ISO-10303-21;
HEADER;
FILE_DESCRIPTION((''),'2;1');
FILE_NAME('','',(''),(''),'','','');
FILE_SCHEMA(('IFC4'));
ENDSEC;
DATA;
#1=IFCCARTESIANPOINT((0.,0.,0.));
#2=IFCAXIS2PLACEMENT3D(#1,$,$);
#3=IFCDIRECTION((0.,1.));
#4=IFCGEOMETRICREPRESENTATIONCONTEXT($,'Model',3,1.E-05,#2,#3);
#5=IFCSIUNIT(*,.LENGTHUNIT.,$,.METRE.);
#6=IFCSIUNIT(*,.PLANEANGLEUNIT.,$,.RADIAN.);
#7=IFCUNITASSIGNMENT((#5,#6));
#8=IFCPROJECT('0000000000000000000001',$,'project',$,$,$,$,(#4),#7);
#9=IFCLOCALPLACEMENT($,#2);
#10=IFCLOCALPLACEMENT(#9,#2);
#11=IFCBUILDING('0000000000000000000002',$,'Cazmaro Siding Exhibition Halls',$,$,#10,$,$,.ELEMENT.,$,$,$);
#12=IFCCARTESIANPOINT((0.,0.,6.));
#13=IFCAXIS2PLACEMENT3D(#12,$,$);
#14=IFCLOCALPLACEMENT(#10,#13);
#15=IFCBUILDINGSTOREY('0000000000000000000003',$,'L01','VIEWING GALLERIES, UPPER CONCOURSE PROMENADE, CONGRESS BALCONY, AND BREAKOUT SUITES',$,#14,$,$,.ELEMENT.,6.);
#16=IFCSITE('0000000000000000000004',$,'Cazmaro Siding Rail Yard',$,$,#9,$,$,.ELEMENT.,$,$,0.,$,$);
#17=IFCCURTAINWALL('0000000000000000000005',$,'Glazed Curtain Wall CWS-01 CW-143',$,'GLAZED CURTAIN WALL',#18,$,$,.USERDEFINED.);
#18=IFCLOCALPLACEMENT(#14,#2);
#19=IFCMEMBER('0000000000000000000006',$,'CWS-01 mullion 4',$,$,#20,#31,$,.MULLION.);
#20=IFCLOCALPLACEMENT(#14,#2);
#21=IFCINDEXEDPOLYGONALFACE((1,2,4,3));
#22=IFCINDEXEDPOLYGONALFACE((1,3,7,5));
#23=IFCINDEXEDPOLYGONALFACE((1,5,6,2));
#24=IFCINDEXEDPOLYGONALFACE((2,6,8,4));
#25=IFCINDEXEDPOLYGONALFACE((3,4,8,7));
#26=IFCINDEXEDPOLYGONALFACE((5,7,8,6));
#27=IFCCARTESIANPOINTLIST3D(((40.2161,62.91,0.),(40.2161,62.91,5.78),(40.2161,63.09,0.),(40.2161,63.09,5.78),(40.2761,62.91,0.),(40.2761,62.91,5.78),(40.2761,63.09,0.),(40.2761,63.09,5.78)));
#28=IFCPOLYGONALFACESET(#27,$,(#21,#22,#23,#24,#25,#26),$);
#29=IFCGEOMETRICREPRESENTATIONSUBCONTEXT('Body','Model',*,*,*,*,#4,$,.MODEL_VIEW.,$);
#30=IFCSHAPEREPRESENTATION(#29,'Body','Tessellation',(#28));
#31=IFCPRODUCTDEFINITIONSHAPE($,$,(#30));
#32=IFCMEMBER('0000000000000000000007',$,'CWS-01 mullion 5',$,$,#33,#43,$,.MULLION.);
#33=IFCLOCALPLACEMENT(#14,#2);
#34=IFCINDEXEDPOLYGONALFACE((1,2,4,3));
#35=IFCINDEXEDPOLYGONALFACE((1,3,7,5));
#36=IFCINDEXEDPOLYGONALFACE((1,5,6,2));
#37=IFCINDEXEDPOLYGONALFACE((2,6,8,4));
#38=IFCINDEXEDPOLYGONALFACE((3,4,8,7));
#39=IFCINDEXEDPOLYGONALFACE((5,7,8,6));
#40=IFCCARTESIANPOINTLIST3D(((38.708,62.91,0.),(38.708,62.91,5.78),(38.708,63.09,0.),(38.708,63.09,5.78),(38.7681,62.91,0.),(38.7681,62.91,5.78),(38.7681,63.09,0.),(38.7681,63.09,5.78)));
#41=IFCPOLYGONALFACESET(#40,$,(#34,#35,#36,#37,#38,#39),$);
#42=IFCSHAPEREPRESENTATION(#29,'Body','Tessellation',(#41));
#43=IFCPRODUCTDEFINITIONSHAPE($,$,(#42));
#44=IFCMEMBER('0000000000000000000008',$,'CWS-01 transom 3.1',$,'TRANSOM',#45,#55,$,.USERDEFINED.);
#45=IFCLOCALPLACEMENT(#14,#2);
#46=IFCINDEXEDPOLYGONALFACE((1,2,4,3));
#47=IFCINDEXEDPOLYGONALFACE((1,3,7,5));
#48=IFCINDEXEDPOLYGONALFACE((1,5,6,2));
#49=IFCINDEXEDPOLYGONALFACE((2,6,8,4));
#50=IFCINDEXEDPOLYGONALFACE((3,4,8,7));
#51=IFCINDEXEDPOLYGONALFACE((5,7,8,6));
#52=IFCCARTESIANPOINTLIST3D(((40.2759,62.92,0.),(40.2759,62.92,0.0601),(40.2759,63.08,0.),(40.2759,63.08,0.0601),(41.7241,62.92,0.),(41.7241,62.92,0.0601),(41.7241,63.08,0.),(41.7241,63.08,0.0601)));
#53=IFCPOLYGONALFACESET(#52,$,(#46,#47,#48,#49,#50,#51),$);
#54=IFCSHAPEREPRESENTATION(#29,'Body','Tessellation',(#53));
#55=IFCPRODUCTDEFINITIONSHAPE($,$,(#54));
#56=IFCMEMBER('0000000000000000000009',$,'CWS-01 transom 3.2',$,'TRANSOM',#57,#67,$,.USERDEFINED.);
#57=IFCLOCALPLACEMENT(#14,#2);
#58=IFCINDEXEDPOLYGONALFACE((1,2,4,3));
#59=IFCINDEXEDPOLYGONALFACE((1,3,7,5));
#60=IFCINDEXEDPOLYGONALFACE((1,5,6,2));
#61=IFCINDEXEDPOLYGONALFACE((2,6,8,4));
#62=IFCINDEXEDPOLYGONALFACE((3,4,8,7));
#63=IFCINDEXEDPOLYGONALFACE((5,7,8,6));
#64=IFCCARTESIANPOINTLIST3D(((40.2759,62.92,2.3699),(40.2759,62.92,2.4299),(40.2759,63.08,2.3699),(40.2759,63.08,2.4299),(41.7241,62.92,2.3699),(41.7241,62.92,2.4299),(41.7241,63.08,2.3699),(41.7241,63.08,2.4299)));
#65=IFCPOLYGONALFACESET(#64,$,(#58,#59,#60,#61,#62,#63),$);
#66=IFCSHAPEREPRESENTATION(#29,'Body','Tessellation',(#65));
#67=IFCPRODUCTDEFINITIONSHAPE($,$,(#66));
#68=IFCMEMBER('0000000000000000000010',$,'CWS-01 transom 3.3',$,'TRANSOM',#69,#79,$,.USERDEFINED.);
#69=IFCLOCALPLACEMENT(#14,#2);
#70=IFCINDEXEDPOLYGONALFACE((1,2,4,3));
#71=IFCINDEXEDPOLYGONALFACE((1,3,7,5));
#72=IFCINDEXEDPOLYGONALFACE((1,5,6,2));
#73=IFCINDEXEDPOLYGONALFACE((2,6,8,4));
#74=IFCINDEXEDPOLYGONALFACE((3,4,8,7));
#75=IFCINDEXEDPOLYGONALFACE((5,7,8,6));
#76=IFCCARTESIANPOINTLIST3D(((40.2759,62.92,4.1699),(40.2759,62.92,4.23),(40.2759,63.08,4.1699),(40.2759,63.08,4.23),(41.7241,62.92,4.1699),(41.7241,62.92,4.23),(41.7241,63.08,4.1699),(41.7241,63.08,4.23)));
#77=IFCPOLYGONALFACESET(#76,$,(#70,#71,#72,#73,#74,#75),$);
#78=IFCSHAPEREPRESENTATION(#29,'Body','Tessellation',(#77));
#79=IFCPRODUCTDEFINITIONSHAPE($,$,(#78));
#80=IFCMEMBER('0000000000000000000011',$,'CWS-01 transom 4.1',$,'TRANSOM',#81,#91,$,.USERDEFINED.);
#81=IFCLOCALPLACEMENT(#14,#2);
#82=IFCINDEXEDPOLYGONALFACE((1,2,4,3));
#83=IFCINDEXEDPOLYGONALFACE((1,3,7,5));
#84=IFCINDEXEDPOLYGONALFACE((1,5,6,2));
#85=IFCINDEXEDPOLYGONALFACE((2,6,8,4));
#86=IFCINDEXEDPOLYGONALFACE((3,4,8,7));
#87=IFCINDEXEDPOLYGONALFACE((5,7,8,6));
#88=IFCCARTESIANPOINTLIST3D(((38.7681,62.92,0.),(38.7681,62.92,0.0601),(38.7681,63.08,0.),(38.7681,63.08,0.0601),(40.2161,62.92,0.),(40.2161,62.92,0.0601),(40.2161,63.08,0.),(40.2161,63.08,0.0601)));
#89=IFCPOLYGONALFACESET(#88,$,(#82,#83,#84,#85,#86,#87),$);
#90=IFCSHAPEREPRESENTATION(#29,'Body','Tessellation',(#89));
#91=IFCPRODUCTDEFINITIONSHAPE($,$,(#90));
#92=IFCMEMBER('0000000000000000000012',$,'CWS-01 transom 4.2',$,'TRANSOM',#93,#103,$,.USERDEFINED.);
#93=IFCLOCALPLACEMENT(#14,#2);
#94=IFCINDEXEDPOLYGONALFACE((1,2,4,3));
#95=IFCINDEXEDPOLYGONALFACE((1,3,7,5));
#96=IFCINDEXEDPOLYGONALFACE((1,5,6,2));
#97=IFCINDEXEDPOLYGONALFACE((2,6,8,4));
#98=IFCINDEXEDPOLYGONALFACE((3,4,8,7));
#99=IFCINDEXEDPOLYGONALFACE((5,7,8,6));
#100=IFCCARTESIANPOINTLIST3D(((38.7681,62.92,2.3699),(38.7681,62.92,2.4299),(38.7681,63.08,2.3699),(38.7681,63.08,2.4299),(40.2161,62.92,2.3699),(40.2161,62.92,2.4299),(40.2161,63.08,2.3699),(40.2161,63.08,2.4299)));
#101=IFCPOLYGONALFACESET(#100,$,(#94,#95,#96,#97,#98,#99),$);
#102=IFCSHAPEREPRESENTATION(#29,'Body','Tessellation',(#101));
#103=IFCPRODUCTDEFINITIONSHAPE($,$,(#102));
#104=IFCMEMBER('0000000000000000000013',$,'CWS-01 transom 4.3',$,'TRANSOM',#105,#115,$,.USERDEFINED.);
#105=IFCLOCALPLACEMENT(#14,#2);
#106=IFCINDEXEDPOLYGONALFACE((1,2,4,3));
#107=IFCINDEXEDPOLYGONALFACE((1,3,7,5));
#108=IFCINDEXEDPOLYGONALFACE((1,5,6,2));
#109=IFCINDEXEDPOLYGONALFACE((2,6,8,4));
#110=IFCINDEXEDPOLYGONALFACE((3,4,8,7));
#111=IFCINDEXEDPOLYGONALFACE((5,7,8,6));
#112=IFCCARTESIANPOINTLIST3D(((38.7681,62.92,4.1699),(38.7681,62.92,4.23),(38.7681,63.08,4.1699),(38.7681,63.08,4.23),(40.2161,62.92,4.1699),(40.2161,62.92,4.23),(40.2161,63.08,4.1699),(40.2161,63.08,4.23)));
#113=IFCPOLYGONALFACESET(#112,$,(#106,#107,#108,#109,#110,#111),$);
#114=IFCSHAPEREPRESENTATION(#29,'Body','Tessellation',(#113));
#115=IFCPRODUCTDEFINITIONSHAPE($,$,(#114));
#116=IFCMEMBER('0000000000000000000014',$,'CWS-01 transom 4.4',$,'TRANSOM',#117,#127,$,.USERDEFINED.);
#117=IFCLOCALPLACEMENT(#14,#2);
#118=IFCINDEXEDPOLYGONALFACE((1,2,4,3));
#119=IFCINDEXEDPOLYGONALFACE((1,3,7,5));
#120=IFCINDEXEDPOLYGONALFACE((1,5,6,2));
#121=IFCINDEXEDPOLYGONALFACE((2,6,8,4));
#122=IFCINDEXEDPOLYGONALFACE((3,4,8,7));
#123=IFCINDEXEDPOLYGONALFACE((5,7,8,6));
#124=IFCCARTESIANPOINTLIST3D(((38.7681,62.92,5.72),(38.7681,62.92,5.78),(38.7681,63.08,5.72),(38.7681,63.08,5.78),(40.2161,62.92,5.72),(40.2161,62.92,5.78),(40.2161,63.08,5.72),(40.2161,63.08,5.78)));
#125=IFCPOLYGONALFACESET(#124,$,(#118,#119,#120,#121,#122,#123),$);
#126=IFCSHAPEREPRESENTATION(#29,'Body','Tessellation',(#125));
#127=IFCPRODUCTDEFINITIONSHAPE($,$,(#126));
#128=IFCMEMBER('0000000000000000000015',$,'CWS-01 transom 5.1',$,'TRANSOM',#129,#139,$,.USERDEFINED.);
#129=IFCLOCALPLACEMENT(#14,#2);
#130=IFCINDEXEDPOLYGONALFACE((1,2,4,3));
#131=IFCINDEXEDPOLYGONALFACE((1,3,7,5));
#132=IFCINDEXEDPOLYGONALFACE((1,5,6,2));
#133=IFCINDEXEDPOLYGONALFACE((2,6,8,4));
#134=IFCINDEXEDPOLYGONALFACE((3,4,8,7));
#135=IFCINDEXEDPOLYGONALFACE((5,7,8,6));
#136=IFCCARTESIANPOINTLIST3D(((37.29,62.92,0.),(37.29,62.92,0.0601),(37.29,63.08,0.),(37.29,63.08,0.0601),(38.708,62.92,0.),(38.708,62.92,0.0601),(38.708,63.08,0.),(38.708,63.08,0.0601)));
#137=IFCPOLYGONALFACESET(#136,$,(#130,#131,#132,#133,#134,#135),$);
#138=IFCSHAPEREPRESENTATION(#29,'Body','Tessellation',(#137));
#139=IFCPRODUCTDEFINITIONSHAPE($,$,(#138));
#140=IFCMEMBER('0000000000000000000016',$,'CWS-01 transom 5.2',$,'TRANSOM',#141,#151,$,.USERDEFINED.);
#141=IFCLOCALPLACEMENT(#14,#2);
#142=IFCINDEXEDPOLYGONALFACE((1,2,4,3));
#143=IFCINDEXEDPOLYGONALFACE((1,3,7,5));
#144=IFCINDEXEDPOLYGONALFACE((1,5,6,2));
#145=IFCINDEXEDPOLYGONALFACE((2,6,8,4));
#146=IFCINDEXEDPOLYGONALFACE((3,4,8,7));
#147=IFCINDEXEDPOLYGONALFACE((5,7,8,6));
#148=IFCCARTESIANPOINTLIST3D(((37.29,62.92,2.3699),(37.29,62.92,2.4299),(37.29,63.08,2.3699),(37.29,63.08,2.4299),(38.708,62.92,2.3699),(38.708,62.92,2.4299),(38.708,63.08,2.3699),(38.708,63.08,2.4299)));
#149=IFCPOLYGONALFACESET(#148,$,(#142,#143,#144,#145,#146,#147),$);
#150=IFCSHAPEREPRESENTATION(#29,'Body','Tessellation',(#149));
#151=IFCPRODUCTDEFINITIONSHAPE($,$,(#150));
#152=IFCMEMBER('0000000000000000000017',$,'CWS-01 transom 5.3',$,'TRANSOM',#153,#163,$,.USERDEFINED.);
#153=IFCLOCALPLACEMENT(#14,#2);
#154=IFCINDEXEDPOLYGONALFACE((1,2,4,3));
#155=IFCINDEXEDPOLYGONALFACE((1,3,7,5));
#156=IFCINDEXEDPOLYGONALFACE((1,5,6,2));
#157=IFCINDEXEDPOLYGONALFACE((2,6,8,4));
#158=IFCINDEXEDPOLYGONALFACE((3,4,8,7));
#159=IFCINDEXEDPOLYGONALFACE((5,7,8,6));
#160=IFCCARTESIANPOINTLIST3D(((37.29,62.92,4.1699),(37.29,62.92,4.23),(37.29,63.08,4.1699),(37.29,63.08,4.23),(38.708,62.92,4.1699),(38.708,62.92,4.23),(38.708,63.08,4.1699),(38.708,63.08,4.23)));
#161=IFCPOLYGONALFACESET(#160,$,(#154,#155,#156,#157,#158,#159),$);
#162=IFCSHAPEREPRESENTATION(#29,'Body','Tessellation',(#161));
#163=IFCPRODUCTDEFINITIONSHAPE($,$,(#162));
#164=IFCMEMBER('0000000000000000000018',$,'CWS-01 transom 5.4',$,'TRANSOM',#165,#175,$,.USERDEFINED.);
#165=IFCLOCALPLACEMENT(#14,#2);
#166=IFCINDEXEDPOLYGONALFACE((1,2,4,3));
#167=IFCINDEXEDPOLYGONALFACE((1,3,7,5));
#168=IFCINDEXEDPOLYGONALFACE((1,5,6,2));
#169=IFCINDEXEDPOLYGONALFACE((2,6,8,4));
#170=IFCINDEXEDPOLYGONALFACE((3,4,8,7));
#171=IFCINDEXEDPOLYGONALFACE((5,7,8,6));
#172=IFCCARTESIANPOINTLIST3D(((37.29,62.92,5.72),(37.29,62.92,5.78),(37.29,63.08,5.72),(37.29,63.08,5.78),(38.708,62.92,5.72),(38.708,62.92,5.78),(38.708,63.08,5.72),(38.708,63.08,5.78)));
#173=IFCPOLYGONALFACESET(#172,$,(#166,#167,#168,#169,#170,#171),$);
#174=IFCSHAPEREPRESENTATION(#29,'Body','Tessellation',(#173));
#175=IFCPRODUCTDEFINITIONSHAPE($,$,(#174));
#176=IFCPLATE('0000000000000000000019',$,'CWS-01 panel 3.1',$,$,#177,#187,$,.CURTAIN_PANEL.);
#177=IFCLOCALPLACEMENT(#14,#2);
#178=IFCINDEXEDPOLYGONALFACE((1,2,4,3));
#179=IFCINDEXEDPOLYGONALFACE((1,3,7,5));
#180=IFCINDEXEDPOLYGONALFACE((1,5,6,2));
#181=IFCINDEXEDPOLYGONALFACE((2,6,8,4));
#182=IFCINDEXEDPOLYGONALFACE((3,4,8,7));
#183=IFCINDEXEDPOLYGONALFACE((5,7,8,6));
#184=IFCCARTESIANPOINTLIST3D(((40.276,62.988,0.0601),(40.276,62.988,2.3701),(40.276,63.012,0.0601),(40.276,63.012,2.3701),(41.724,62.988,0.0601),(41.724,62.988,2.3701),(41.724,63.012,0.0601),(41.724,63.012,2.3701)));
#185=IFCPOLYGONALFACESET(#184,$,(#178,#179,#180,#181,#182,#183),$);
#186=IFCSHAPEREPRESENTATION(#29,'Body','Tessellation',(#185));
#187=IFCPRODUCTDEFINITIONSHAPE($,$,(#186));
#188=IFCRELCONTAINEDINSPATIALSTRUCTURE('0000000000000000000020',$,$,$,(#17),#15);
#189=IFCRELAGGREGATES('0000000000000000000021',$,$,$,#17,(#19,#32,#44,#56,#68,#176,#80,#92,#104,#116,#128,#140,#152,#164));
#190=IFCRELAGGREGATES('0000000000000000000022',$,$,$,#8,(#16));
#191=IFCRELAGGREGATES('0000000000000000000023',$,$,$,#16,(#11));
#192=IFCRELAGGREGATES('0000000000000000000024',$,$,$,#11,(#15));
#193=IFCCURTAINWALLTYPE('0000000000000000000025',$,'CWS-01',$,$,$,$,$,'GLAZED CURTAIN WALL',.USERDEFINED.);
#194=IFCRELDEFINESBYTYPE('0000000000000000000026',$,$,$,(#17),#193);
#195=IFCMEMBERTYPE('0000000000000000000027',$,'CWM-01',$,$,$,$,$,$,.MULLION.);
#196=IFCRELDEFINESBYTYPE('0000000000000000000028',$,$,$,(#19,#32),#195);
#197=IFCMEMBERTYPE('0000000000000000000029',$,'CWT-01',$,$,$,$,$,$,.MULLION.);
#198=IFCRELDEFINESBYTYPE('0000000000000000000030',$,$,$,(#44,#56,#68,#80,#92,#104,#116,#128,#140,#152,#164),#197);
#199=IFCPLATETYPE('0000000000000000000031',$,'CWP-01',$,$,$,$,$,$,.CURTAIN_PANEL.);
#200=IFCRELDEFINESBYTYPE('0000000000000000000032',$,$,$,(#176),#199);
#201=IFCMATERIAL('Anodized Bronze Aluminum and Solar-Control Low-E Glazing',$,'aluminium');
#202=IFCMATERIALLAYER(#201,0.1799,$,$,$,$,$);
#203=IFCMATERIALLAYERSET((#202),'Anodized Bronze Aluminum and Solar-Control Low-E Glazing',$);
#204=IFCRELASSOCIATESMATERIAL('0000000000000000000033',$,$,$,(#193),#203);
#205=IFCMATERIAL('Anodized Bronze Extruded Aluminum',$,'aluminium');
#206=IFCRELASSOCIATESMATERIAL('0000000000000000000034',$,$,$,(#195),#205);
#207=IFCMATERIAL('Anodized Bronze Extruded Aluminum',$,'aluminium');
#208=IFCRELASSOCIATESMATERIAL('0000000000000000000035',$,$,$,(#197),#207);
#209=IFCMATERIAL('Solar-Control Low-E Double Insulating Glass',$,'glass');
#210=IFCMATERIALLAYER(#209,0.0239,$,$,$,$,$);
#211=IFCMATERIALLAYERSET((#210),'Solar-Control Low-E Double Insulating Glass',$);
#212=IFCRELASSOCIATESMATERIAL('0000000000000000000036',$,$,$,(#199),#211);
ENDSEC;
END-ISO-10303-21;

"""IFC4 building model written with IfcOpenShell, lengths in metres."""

from ifc_helpers import new_model, si_unit, direction, frame, origin, origin_2d, place, context, subcontext, project, spatial, rectangle, extrude, material, layer, layer_set, material_profile, profile_set, type_object, element, aggregate, save


model = new_model("IFC4")

# Units and contexts
model_context = context("Model", 3, precision=1e-05, world=origin(), true_north=direction((0.0, 1.0)))
body_context = subcontext(model_context, "Body", "Model", "MODEL_VIEW")
ifc_project = project(units=[si_unit("LENGTHUNIT", "METRE"), si_unit("PLANEANGLEUNIT", "RADIAN")], contexts=[model_context])

# Site, building, storey
site_placement = place(None, origin())
site = spatial("IfcSite", under=ifc_project, at=site_placement, Name="Cazmaro Siding Rail Yard", CompositionType="ELEMENT", RefElevation=0.0)
building_placement = place(site_placement, origin())
building = spatial("IfcBuilding", under=site, at=building_placement, Name="Cazmaro Siding Exhibition Halls", CompositionType="ELEMENT")
storey_placement = place(building_placement, frame((0.0, 0.0, 6.0)))
storey = spatial("IfcBuildingStorey", under=building, at=storey_placement, Name="L01", Description="VIEWING GALLERIES, UPPER CONCOURSE PROMENADE, CONGRESS BALCONY, AND BREAKOUT SUITES", CompositionType="ELEMENT", Elevation=6.0)

# Curtain wall, members, plate
ifc_material_1 = material(Name="Anodized Bronze Aluminum and Solar-Control Low-E Glazing", Category="aluminium")
ifc_layer_1 = layer(ifc_material_1, 0.1799)
ifc_layer_set_1 = layer_set([ifc_layer_1], Name="Anodized Bronze Aluminum and Solar-Control Low-E Glazing")
curtain_wall_type = type_object("IfcCurtainWallType", Name="CWS-01", ElementType="GLAZED CURTAIN WALL", PredefinedType="USERDEFINED", material=ifc_layer_set_1)
curtain_wall_placement = place(storey_placement, origin())
curtain_wall = element("IfcCurtainWall", 1, at=curtain_wall_placement, inside=storey, type_object=curtain_wall_type, Name="Glazed Curtain Wall CWS-01 CW-143", ObjectType="GLAZED CURTAIN WALL", PredefinedType="USERDEFINED")
ifc_material_2 = material(Name="Anodized Bronze Extruded Aluminum", Category="aluminium")
ifc_material_profile_1 = material_profile(ifc_material_2, rectangle(XDim=0.1799, YDim=0.0601, at=origin_2d()), Name="CWM-01")
ifc_profile_set_1 = profile_set([ifc_material_profile_1], Name="Anodized Bronze Extruded Aluminum")
member_type_1 = type_object("IfcMemberType", Name="CWM-01", PredefinedType="MULLION", material=ifc_profile_set_1)
member_1_placement = place(storey_placement, frame((40.2461, 63.0, 0.0), z_axis=(0.0, 0.0, 1.0), x_axis=(0.0, -1.0, 0.0)))
member_1 = element("IfcMember", 2, at=member_1_placement, type_object=member_type_1, Name="CWS-01 mullion 4", PredefinedType="MULLION", context=body_context, shape_type="SweptSolid", body=[
    extrude(rectangle(XDim=0.1799, YDim=0.0601, at=origin_2d()), origin(), (0.0, 0.0, 1.0), 5.78),
])
member_2_placement = place(storey_placement, frame((38.738, 63.0, 0.0), z_axis=(0.0, 0.0, 1.0), x_axis=(0.0, -1.0, 0.0)))
member_2 = element("IfcMember", 3, at=member_2_placement, type_object=member_type_1, Name="CWS-01 mullion 5", PredefinedType="MULLION", context=body_context, shape_type="SweptSolid", body=[
    extrude(rectangle(XDim=0.1799, YDim=0.0601, at=origin_2d()), origin(), (0.0, 0.0, 1.0), 5.78),
])
ifc_material_3 = material(Name="Anodized Bronze Extruded Aluminum", Category="aluminium")
ifc_material_profile_2 = material_profile(ifc_material_3, rectangle(XDim=0.1599, YDim=0.0601, at=origin_2d()), Name="CWT-01")
ifc_profile_set_2 = profile_set([ifc_material_profile_2], Name="Anodized Bronze Extruded Aluminum")
member_type_2 = type_object("IfcMemberType", Name="CWT-01", PredefinedType="MULLION", material=ifc_profile_set_2)
member_3_placement = place(storey_placement, frame((41.7241, 63.0, 0.03), z_axis=(-1.0, 0.0, 0.0), x_axis=(0.0, -1.0, 0.0)))
member_3 = element("IfcMember", 4, at=member_3_placement, type_object=member_type_2, Name="CWS-01 transom 3.1", ObjectType="TRANSOM", PredefinedType="USERDEFINED", context=body_context, shape_type="SweptSolid", body=[
    extrude(rectangle(XDim=0.1599, YDim=0.0601, at=origin_2d()), origin(), (0.0, 0.0, 1.0), 1.4482),
])
member_4_placement = place(storey_placement, frame((41.7241, 63.0, 2.3999), z_axis=(-1.0, 0.0, 0.0), x_axis=(0.0, -1.0, 0.0)))
member_4 = element("IfcMember", 5, at=member_4_placement, type_object=member_type_2, Name="CWS-01 transom 3.2", ObjectType="TRANSOM", PredefinedType="USERDEFINED", context=body_context, shape_type="SweptSolid", body=[
    extrude(rectangle(XDim=0.1599, YDim=0.0601, at=origin_2d()), origin(), (0.0, 0.0, 1.0), 1.4482),
])
member_5_placement = place(storey_placement, frame((41.7241, 63.0, 4.2), z_axis=(-1.0, 0.0, 0.0), x_axis=(0.0, -1.0, 0.0)))
member_5 = element("IfcMember", 6, at=member_5_placement, type_object=member_type_2, Name="CWS-01 transom 3.3", ObjectType="TRANSOM", PredefinedType="USERDEFINED", context=body_context, shape_type="SweptSolid", body=[
    extrude(rectangle(XDim=0.1599, YDim=0.0601, at=origin_2d()), origin(), (0.0, 0.0, 1.0), 1.4482),
])
member_6_placement = place(storey_placement, frame((40.2161, 63.0, 0.03), z_axis=(-1.0, 0.0, 0.0), x_axis=(0.0, -1.0, 0.0)))
member_6 = element("IfcMember", 7, at=member_6_placement, type_object=member_type_2, Name="CWS-01 transom 4.1", ObjectType="TRANSOM", PredefinedType="USERDEFINED", context=body_context, shape_type="SweptSolid", body=[
    extrude(rectangle(XDim=0.1599, YDim=0.0601, at=origin_2d()), origin(), (0.0, 0.0, 1.0), 1.448),
])
member_7_placement = place(storey_placement, frame((40.2161, 63.0, 2.3999), z_axis=(-1.0, 0.0, 0.0), x_axis=(0.0, -1.0, 0.0)))
member_7 = element("IfcMember", 8, at=member_7_placement, type_object=member_type_2, Name="CWS-01 transom 4.2", ObjectType="TRANSOM", PredefinedType="USERDEFINED", context=body_context, shape_type="SweptSolid", body=[
    extrude(rectangle(XDim=0.1599, YDim=0.0601, at=origin_2d()), origin(), (0.0, 0.0, 1.0), 1.448),
])
member_8_placement = place(storey_placement, frame((40.2161, 63.0, 4.2), z_axis=(-1.0, 0.0, 0.0), x_axis=(0.0, -1.0, 0.0)))
member_8 = element("IfcMember", 9, at=member_8_placement, type_object=member_type_2, Name="CWS-01 transom 4.3", ObjectType="TRANSOM", PredefinedType="USERDEFINED", context=body_context, shape_type="SweptSolid", body=[
    extrude(rectangle(XDim=0.1599, YDim=0.0601, at=origin_2d()), origin(), (0.0, 0.0, 1.0), 1.448),
])
member_9_placement = place(storey_placement, frame((40.2161, 63.0, 5.75), z_axis=(-1.0, 0.0, 0.0), x_axis=(0.0, -1.0, 0.0)))
member_9 = element("IfcMember", 10, at=member_9_placement, type_object=member_type_2, Name="CWS-01 transom 4.4", ObjectType="TRANSOM", PredefinedType="USERDEFINED", context=body_context, shape_type="SweptSolid", body=[
    extrude(rectangle(XDim=0.1599, YDim=0.0601, at=origin_2d()), origin(), (0.0, 0.0, 1.0), 1.448),
])
member_10_placement = place(storey_placement, frame((38.708, 63.0, 0.03), z_axis=(-1.0, 0.0, 0.0), x_axis=(0.0, -1.0, 0.0)))
member_10 = element("IfcMember", 11, at=member_10_placement, type_object=member_type_2, Name="CWS-01 transom 5.1", ObjectType="TRANSOM", PredefinedType="USERDEFINED", context=body_context, shape_type="SweptSolid", body=[
    extrude(rectangle(XDim=0.1599, YDim=0.0601, at=origin_2d()), origin(), (0.0, 0.0, 1.0), 1.418),
])
member_11_placement = place(storey_placement, frame((38.708, 63.0, 2.3999), z_axis=(-1.0, 0.0, 0.0), x_axis=(0.0, -1.0, 0.0)))
member_11 = element("IfcMember", 12, at=member_11_placement, type_object=member_type_2, Name="CWS-01 transom 5.2", ObjectType="TRANSOM", PredefinedType="USERDEFINED", context=body_context, shape_type="SweptSolid", body=[
    extrude(rectangle(XDim=0.1599, YDim=0.0601, at=origin_2d()), origin(), (0.0, 0.0, 1.0), 1.418),
])
member_12_placement = place(storey_placement, frame((38.708, 63.0, 4.2), z_axis=(-1.0, 0.0, 0.0), x_axis=(0.0, -1.0, 0.0)))
member_12 = element("IfcMember", 13, at=member_12_placement, type_object=member_type_2, Name="CWS-01 transom 5.3", ObjectType="TRANSOM", PredefinedType="USERDEFINED", context=body_context, shape_type="SweptSolid", body=[
    extrude(rectangle(XDim=0.1599, YDim=0.0601, at=origin_2d()), origin(), (0.0, 0.0, 1.0), 1.418),
])
member_13_placement = place(storey_placement, frame((38.708, 63.0, 5.75), z_axis=(-1.0, 0.0, 0.0), x_axis=(0.0, -1.0, 0.0)))
member_13 = element("IfcMember", 14, at=member_13_placement, type_object=member_type_2, Name="CWS-01 transom 5.4", ObjectType="TRANSOM", PredefinedType="USERDEFINED", context=body_context, shape_type="SweptSolid", body=[
    extrude(rectangle(XDim=0.1599, YDim=0.0601, at=origin_2d()), origin(), (0.0, 0.0, 1.0), 1.418),
])
ifc_material_4 = material(Name="Solar-Control Low-E Double Insulating Glass", Category="glass")
ifc_layer_2 = layer(ifc_material_4, 0.0239)
ifc_layer_set_2 = layer_set([ifc_layer_2], Name="Solar-Control Low-E Double Insulating Glass")
plate_type = type_object("IfcPlateType", Name="CWP-01", PredefinedType="CURTAIN_PANEL", material=ifc_layer_set_2)
plate_1_placement = place(storey_placement, frame((41.0, 63.0, 0.0601), z_axis=(0.0, 0.0, 1.0), x_axis=(-1.0, 0.0, 0.0)))
plate_1 = element("IfcPlate", 15, at=plate_1_placement, type_object=plate_type, Name="CWS-01 panel 3.1", PredefinedType="CURTAIN_PANEL", context=body_context, shape_type="SweptSolid", body=[
    extrude(rectangle(XDim=1.448, YDim=0.0239, at=origin_2d()), origin(), (0.0, 0.0, 1.0), 2.3101),
])
aggregate(curtain_wall, [member_1, member_2, member_3, member_4, member_5, plate_1, member_6, member_7, member_8, member_9, member_10, member_11, member_12, member_13])

save(model, "model.ifc")
